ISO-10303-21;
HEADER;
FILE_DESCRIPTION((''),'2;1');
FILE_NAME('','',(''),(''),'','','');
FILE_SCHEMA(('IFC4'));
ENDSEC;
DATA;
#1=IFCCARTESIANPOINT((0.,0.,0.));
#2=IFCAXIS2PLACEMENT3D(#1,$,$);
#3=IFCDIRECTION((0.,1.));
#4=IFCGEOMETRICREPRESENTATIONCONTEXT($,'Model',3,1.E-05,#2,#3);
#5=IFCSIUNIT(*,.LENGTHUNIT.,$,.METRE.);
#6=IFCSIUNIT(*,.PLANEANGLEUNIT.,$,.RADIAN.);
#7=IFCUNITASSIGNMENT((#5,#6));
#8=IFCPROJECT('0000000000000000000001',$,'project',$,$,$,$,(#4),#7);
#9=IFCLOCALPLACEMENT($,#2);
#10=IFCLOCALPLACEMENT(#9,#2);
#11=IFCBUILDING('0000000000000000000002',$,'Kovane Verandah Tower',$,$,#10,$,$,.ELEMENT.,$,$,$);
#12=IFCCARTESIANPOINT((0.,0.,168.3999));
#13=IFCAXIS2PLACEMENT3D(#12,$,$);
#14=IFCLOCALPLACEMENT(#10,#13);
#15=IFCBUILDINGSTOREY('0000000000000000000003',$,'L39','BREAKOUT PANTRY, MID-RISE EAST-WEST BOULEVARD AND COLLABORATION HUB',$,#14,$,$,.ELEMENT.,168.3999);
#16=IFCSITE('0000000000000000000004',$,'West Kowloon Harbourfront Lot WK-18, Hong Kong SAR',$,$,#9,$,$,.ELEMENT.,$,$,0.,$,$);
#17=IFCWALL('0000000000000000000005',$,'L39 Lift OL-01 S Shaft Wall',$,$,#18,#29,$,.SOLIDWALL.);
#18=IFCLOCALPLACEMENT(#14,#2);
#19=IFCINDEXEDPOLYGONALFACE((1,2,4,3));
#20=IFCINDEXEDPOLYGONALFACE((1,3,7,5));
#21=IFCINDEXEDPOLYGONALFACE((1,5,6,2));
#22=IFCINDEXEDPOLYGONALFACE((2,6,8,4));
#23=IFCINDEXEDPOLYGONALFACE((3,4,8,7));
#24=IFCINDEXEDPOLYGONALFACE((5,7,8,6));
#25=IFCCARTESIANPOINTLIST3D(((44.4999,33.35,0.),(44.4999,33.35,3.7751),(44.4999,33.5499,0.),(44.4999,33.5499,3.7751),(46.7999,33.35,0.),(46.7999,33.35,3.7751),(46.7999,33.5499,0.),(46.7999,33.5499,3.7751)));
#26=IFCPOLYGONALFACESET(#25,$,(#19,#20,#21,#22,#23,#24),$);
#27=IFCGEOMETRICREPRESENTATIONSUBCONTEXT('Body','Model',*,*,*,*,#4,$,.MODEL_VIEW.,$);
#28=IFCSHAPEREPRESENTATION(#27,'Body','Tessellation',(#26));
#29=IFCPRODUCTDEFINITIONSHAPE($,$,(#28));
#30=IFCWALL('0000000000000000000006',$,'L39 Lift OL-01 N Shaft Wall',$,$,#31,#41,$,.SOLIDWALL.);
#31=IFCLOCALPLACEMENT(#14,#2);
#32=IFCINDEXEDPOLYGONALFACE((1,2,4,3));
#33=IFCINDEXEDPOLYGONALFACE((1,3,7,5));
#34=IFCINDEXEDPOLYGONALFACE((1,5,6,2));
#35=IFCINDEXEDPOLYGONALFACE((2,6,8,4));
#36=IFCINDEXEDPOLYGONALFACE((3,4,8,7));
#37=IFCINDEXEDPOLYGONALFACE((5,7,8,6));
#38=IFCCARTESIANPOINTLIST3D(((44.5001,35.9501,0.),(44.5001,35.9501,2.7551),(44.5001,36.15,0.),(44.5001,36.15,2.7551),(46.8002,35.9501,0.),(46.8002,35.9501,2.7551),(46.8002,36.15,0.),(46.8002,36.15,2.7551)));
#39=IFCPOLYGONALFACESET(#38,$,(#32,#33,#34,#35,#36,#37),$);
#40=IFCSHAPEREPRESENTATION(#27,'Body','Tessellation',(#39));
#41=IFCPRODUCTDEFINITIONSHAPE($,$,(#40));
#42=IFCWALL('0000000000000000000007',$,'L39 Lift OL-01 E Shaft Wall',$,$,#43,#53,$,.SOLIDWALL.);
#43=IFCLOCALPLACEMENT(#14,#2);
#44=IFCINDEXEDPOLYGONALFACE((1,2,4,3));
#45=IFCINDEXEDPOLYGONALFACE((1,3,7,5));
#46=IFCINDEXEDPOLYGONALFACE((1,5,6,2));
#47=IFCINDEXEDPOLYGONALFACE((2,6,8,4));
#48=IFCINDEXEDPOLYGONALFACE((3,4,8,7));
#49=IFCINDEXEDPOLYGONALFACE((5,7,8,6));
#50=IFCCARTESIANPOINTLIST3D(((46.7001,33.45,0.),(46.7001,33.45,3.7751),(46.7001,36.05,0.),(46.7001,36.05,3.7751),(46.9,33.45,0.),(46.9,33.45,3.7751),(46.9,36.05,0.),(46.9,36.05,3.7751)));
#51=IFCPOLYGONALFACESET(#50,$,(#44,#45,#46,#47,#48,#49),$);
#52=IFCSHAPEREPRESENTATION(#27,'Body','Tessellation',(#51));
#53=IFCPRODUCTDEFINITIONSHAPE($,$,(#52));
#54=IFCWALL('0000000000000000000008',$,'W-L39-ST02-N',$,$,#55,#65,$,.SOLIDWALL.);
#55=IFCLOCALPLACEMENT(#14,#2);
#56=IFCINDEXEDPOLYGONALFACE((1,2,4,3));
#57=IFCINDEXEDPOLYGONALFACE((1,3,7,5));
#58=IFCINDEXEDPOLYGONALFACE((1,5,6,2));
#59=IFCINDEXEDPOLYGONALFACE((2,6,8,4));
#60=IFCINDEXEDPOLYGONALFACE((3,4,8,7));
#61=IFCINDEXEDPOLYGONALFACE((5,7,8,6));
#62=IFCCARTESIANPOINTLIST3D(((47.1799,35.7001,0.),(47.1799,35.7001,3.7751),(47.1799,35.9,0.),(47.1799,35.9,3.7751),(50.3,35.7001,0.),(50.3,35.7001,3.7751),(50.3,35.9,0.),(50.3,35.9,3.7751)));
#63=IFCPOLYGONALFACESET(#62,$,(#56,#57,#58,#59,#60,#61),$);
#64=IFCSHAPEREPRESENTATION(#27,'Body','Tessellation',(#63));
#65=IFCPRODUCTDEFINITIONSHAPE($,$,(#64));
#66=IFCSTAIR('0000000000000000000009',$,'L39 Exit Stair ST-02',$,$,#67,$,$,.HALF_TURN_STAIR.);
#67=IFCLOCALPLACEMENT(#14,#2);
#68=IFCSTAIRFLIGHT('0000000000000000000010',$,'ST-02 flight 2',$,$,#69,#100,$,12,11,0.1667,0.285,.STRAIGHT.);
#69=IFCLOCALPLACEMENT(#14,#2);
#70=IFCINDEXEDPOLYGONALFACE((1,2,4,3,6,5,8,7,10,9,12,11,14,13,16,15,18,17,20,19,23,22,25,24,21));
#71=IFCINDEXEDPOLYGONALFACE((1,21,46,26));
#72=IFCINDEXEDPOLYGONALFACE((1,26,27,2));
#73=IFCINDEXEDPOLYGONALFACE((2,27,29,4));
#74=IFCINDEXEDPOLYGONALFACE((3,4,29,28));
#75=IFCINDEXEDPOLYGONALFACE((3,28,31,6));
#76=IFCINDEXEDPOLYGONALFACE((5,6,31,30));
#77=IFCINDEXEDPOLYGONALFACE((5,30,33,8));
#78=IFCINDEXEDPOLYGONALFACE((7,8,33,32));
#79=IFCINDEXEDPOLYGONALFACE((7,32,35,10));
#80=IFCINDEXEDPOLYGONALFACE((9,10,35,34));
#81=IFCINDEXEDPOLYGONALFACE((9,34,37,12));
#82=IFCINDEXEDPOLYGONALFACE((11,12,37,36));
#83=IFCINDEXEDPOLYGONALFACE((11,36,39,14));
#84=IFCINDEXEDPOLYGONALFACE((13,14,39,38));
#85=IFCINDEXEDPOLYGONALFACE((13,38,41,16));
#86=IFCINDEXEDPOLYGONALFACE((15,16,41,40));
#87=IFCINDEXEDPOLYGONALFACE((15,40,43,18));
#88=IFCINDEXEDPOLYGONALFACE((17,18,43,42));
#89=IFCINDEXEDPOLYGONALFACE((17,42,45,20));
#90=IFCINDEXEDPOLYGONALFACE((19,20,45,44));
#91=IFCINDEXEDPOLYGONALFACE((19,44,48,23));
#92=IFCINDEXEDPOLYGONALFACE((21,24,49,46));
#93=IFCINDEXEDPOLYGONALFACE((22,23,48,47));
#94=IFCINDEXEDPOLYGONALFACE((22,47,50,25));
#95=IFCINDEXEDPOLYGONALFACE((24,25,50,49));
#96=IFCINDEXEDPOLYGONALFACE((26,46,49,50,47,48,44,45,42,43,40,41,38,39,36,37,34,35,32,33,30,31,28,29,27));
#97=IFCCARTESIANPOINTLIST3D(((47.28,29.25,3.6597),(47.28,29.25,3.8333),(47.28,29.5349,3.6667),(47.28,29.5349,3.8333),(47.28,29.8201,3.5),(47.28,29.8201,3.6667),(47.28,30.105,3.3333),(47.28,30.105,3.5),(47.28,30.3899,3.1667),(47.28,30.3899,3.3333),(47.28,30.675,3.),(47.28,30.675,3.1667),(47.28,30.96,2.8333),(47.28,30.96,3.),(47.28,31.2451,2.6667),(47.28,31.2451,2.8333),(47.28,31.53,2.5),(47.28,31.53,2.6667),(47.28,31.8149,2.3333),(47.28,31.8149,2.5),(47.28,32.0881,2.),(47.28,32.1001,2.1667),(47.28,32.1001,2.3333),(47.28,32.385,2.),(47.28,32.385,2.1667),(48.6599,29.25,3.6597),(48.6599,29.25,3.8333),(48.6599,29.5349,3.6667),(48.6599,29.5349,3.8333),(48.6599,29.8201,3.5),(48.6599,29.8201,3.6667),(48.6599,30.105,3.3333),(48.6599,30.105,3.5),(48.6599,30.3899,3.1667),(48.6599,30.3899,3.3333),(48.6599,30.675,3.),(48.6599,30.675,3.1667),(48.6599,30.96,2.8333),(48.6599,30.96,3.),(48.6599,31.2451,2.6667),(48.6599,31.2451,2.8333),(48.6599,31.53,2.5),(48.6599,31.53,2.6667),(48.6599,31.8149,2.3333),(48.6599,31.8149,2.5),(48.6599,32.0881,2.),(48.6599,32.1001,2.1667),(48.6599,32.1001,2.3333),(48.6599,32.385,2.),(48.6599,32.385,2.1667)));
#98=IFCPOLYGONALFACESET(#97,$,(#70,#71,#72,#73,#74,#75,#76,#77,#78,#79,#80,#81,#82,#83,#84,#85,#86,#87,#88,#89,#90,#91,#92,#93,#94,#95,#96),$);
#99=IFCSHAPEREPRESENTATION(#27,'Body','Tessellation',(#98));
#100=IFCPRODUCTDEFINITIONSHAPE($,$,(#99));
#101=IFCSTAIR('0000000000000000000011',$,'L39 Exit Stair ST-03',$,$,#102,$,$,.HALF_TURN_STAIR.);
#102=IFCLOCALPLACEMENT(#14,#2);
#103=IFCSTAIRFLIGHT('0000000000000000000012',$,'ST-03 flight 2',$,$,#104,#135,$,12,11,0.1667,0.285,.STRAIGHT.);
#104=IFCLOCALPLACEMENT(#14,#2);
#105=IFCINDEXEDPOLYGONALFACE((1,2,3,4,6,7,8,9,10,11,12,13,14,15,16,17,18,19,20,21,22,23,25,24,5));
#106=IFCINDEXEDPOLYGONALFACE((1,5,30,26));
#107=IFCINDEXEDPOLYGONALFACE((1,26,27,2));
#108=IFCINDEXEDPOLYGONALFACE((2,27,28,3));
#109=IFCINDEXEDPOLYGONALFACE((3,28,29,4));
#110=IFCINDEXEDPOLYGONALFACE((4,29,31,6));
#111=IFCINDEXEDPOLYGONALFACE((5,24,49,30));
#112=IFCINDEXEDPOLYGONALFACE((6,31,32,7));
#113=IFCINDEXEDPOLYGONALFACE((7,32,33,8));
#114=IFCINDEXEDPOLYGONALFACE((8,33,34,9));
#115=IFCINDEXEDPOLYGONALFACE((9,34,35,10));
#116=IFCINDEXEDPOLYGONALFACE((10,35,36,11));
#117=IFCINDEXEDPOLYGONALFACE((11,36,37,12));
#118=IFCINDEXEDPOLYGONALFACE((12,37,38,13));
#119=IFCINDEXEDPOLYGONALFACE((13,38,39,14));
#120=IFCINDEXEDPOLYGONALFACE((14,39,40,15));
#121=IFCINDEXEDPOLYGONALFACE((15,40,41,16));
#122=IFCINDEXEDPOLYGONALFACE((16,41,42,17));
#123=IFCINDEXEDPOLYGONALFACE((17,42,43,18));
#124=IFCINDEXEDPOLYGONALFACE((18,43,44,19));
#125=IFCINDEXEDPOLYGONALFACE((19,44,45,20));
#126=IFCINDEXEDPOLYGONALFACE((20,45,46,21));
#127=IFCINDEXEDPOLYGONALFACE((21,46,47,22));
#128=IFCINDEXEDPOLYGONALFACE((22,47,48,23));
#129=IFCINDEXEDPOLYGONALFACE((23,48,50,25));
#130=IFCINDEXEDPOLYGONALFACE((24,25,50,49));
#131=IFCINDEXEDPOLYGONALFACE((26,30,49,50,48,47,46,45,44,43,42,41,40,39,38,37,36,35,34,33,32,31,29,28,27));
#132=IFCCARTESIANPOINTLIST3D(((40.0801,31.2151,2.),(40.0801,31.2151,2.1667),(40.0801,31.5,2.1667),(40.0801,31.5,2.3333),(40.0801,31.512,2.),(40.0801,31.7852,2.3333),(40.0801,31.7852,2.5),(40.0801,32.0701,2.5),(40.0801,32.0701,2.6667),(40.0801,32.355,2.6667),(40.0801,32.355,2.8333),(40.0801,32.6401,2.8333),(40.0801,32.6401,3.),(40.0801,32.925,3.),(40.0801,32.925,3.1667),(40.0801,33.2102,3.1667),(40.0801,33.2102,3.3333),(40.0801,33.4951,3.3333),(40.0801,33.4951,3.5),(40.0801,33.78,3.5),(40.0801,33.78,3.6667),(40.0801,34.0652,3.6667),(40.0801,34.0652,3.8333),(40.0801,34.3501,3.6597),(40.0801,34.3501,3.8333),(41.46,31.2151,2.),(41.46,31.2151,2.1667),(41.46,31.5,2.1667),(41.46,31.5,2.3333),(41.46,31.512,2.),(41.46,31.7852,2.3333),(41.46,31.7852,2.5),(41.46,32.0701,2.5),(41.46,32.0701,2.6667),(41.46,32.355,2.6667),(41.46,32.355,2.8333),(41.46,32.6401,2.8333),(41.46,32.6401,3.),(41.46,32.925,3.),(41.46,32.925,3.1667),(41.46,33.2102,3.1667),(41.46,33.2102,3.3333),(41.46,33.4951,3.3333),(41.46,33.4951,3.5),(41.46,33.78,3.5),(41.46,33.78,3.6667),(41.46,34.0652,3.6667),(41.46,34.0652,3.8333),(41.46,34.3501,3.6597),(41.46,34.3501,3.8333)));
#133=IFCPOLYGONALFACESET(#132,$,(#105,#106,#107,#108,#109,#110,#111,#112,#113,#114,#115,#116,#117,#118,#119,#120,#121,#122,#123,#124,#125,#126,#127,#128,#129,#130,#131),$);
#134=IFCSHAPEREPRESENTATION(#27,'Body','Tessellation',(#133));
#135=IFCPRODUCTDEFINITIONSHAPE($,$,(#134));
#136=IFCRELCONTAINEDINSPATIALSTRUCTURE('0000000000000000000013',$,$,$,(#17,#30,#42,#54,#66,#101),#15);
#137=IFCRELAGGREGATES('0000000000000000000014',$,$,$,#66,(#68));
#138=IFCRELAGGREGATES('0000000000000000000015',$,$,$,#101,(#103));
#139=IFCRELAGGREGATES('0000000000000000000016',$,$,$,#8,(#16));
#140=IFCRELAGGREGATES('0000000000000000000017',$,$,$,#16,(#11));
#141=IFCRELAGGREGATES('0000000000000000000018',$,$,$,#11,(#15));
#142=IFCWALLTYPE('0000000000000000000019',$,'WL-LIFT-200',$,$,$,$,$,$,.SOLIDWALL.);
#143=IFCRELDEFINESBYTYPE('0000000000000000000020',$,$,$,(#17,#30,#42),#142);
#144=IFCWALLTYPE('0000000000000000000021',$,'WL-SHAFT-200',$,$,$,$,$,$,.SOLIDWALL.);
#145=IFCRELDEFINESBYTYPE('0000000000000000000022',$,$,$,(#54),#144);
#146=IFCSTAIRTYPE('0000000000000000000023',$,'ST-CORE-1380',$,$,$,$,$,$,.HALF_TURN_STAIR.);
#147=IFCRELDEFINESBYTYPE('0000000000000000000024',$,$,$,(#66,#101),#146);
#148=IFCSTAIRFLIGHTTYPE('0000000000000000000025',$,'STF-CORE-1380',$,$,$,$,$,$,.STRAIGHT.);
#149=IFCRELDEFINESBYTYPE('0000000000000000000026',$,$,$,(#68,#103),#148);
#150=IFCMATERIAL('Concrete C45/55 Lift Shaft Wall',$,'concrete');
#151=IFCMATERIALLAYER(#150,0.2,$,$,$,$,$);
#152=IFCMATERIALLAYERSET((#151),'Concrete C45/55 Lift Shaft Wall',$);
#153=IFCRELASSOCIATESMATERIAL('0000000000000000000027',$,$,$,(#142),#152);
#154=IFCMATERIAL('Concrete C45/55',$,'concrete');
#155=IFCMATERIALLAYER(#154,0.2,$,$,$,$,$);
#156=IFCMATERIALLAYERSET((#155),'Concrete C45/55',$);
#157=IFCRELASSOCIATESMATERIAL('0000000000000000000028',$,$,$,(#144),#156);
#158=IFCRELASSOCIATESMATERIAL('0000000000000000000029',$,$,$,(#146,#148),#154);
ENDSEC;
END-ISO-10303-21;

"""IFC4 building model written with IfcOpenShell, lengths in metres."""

from ifc_helpers import new_model, si_unit, direction, frame, frame_2d, origin, place, context, subcontext, project, spatial, polyline, rectangle, outline, extrude, material, layer, layer_set, type_object, element, aggregate, save


model = new_model("IFC4")

# Units and contexts
model_context = context("Model", 3, precision=1e-05, world=origin(), true_north=direction((0.0, 1.0)))
body_context = subcontext(model_context, "Body", "Model", "MODEL_VIEW")
ifc_project = project(units=[si_unit("LENGTHUNIT", "METRE"), si_unit("PLANEANGLEUNIT", "RADIAN")], contexts=[model_context])

# Site, building, storey
site_placement = place(None, origin())
site = spatial("IfcSite", under=ifc_project, at=site_placement, Name="West Kowloon Harbourfront Lot WK-18, Hong Kong SAR", CompositionType="ELEMENT", RefElevation=0.0)
building_placement = place(site_placement, origin())
building = spatial("IfcBuilding", under=site, at=building_placement, Name="Kovane Verandah Tower", CompositionType="ELEMENT")
storey_placement = place(building_placement, frame((0.0, 0.0, 168.3999)))
storey = spatial("IfcBuildingStorey", under=building, at=storey_placement, Name="L39", Description="BREAKOUT PANTRY, MID-RISE EAST-WEST BOULEVARD AND COLLABORATION HUB", CompositionType="ELEMENT", Elevation=168.3999)

# Walls
ifc_material_1 = material(Name="Concrete C45/55 Lift Shaft Wall", Category="concrete")
ifc_layer_1 = layer(ifc_material_1, 0.2)
ifc_layer_set_1 = layer_set([ifc_layer_1], Name="Concrete C45/55 Lift Shaft Wall")
wall_type_1 = type_object("IfcWallType", Name="WL-LIFT-200", PredefinedType="SOLIDWALL", material=ifc_layer_set_1)
wall_1_placement = place(storey_placement, frame((44.5, 33.45, 0.0), z_axis=(0.0, 0.0, 1.0), x_axis=(1.0, 0.0, 0.0)))
element("IfcWall", 1, at=wall_1_placement, inside=storey, type_object=wall_type_1, Name="L39 Lift OL-01 S Shaft Wall", PredefinedType="SOLIDWALL", context=body_context, shape_type="SweptSolid", body=[
    extrude(rectangle(XDim=2.3, YDim=0.2, at=frame_2d((1.1499, 0.0))), origin(), (0.0, 0.0, 1.0), 3.7751),
])
wall_2_placement = place(storey_placement, frame((46.8, 36.05, 0.0), z_axis=(0.0, 0.0, 1.0), x_axis=(-1.0, 0.0, 0.0)))
element("IfcWall", 2, at=wall_2_placement, inside=storey, type_object=wall_type_1, Name="L39 Lift OL-01 N Shaft Wall", PredefinedType="SOLIDWALL", context=body_context, shape_type="SweptSolid", body=[
    extrude(rectangle(XDim=2.3, YDim=0.2, at=frame_2d((1.1499, 0.0))), origin(), (0.0, 0.0, 1.0), 2.7551),
])
wall_3_placement = place(storey_placement, frame((46.8, 33.45, 0.0), z_axis=(0.0, 0.0, 1.0), x_axis=(0.0, 1.0, 0.0)))
element("IfcWall", 3, at=wall_3_placement, inside=storey, type_object=wall_type_1, Name="L39 Lift OL-01 E Shaft Wall", PredefinedType="SOLIDWALL", context=body_context, shape_type="SweptSolid", body=[
    extrude(rectangle(XDim=2.6001, YDim=0.2, at=frame_2d((1.3, 0.0))), origin(), (0.0, 0.0, 1.0), 3.7751),
])
ifc_material_2 = material(Name="Concrete C45/55", Category="concrete")
ifc_layer_2 = layer(ifc_material_2, 0.2)
ifc_layer_set_2 = layer_set([ifc_layer_2], Name="Concrete C45/55")
wall_type_2 = type_object("IfcWallType", Name="WL-SHAFT-200", PredefinedType="SOLIDWALL", material=ifc_layer_set_2)
wall_4_placement = place(storey_placement, frame((47.1799, 35.8, 0.0), z_axis=(0.0, 0.0, 1.0), x_axis=(1.0, 0.0, 0.0)))
element("IfcWall", 4, at=wall_4_placement, inside=storey, type_object=wall_type_2, Name="W-L39-ST02-N", PredefinedType="SOLIDWALL", context=body_context, shape_type="SweptSolid", body=[
    extrude(rectangle(XDim=3.1201, YDim=0.2, at=frame_2d((1.5601, 0.0))), origin(), (0.0, 0.0, 1.0), 3.7751),
])

# Stairs, stair flights
stair_type = type_object("IfcStairType", Name="ST-CORE-1380", PredefinedType="HALF_TURN_STAIR", material=ifc_material_2)
stair_1_placement = place(storey_placement, origin())
stair_1 = element("IfcStair", 5, at=stair_1_placement, inside=storey, type_object=stair_type, Name="L39 Exit Stair ST-02", PredefinedType="HALF_TURN_STAIR")
stair_flight_type = type_object("IfcStairFlightType", Name="STF-CORE-1380", PredefinedType="STRAIGHT", material=ifc_material_2)
stair_flight_1_placement = place(storey_placement, frame((47.97, 32.385, 2.0), z_axis=(0.0, 0.0, 1.0), x_axis=(0.0, -1.0, 0.0)))
stair_flight_1 = element("IfcStairFlight", 6, at=stair_flight_1_placement, type_object=stair_flight_type, Name="ST-02 flight 2", NumberOfRisers=12, NumberOfTreads=11, PredefinedType="STRAIGHT", RiserHeight=0.1667, TreadLength=0.285, context=body_context, shape_type="SweptSolid", body=[
    extrude(outline(polyline([(0.0, 0.0), (0.0, 0.1667), (0.2849, 0.1667), (0.2849, 0.3333), (0.5701, 0.3333), (0.5701, 0.5), (0.855, 0.5), (0.855, 0.6667), (1.1399, 0.6667), (1.1399, 0.8333), (1.425, 0.8333), (1.425, 1.0), (1.71, 1.0), (1.71, 1.1667), (1.9951, 1.1667), (1.9951, 1.3333), (2.28, 1.3333), (2.28, 1.5), (2.5649, 1.5), (2.5649, 1.6667), (2.8501, 1.6667), (2.8501, 1.8333), (3.135, 1.8333), (3.135, 2.0), (3.135, 1.6597), (0.2969, 0.0), (0.0, 0.0)])), frame((0.0, 0.6899, 0.0), z_axis=(0.0, -1.0, 0.0), x_axis=(1.0, 0.0, 0.0)), (0.0, 0.0, 1.0), 1.3799),
])
aggregate(stair_1, [stair_flight_1])
stair_2_placement = place(storey_placement, origin())
stair_2 = element("IfcStair", 7, at=stair_2_placement, inside=storey, type_object=stair_type, Name="L39 Exit Stair ST-03", PredefinedType="HALF_TURN_STAIR")
stair_flight_2_placement = place(storey_placement, frame((40.77, 31.2151, 2.0), z_axis=(0.0, 0.0, 1.0), x_axis=(0.0, 1.0, 0.0)))
stair_flight_2 = element("IfcStairFlight", 8, at=stair_flight_2_placement, type_object=stair_flight_type, Name="ST-03 flight 2", NumberOfRisers=12, NumberOfTreads=11, PredefinedType="STRAIGHT", RiserHeight=0.1667, TreadLength=0.285, context=body_context, shape_type="SweptSolid", body=[
    extrude(outline(polyline([(0.0, 0.0), (0.0, 0.1667), (0.2849, 0.1667), (0.2849, 0.3333), (0.5701, 0.3333), (0.5701, 0.5), (0.855, 0.5), (0.855, 0.6667), (1.1399, 0.6667), (1.1399, 0.8333), (1.425, 0.8333), (1.425, 1.0), (1.71, 1.0), (1.71, 1.1667), (1.9951, 1.1667), (1.9951, 1.3333), (2.28, 1.3333), (2.28, 1.5), (2.5649, 1.5), (2.5649, 1.6667), (2.8501, 1.6667), (2.8501, 1.8333), (3.135, 1.8333), (3.135, 2.0), (3.135, 1.6597), (0.2969, 0.0), (0.0, 0.0)])), frame((0.0, 0.6899, 0.0), z_axis=(0.0, -1.0, 0.0), x_axis=(1.0, 0.0, 0.0)), (0.0, 0.0, 1.0), 1.3799),
])
aggregate(stair_2, [stair_flight_2])

save(model, "model.ifc")
